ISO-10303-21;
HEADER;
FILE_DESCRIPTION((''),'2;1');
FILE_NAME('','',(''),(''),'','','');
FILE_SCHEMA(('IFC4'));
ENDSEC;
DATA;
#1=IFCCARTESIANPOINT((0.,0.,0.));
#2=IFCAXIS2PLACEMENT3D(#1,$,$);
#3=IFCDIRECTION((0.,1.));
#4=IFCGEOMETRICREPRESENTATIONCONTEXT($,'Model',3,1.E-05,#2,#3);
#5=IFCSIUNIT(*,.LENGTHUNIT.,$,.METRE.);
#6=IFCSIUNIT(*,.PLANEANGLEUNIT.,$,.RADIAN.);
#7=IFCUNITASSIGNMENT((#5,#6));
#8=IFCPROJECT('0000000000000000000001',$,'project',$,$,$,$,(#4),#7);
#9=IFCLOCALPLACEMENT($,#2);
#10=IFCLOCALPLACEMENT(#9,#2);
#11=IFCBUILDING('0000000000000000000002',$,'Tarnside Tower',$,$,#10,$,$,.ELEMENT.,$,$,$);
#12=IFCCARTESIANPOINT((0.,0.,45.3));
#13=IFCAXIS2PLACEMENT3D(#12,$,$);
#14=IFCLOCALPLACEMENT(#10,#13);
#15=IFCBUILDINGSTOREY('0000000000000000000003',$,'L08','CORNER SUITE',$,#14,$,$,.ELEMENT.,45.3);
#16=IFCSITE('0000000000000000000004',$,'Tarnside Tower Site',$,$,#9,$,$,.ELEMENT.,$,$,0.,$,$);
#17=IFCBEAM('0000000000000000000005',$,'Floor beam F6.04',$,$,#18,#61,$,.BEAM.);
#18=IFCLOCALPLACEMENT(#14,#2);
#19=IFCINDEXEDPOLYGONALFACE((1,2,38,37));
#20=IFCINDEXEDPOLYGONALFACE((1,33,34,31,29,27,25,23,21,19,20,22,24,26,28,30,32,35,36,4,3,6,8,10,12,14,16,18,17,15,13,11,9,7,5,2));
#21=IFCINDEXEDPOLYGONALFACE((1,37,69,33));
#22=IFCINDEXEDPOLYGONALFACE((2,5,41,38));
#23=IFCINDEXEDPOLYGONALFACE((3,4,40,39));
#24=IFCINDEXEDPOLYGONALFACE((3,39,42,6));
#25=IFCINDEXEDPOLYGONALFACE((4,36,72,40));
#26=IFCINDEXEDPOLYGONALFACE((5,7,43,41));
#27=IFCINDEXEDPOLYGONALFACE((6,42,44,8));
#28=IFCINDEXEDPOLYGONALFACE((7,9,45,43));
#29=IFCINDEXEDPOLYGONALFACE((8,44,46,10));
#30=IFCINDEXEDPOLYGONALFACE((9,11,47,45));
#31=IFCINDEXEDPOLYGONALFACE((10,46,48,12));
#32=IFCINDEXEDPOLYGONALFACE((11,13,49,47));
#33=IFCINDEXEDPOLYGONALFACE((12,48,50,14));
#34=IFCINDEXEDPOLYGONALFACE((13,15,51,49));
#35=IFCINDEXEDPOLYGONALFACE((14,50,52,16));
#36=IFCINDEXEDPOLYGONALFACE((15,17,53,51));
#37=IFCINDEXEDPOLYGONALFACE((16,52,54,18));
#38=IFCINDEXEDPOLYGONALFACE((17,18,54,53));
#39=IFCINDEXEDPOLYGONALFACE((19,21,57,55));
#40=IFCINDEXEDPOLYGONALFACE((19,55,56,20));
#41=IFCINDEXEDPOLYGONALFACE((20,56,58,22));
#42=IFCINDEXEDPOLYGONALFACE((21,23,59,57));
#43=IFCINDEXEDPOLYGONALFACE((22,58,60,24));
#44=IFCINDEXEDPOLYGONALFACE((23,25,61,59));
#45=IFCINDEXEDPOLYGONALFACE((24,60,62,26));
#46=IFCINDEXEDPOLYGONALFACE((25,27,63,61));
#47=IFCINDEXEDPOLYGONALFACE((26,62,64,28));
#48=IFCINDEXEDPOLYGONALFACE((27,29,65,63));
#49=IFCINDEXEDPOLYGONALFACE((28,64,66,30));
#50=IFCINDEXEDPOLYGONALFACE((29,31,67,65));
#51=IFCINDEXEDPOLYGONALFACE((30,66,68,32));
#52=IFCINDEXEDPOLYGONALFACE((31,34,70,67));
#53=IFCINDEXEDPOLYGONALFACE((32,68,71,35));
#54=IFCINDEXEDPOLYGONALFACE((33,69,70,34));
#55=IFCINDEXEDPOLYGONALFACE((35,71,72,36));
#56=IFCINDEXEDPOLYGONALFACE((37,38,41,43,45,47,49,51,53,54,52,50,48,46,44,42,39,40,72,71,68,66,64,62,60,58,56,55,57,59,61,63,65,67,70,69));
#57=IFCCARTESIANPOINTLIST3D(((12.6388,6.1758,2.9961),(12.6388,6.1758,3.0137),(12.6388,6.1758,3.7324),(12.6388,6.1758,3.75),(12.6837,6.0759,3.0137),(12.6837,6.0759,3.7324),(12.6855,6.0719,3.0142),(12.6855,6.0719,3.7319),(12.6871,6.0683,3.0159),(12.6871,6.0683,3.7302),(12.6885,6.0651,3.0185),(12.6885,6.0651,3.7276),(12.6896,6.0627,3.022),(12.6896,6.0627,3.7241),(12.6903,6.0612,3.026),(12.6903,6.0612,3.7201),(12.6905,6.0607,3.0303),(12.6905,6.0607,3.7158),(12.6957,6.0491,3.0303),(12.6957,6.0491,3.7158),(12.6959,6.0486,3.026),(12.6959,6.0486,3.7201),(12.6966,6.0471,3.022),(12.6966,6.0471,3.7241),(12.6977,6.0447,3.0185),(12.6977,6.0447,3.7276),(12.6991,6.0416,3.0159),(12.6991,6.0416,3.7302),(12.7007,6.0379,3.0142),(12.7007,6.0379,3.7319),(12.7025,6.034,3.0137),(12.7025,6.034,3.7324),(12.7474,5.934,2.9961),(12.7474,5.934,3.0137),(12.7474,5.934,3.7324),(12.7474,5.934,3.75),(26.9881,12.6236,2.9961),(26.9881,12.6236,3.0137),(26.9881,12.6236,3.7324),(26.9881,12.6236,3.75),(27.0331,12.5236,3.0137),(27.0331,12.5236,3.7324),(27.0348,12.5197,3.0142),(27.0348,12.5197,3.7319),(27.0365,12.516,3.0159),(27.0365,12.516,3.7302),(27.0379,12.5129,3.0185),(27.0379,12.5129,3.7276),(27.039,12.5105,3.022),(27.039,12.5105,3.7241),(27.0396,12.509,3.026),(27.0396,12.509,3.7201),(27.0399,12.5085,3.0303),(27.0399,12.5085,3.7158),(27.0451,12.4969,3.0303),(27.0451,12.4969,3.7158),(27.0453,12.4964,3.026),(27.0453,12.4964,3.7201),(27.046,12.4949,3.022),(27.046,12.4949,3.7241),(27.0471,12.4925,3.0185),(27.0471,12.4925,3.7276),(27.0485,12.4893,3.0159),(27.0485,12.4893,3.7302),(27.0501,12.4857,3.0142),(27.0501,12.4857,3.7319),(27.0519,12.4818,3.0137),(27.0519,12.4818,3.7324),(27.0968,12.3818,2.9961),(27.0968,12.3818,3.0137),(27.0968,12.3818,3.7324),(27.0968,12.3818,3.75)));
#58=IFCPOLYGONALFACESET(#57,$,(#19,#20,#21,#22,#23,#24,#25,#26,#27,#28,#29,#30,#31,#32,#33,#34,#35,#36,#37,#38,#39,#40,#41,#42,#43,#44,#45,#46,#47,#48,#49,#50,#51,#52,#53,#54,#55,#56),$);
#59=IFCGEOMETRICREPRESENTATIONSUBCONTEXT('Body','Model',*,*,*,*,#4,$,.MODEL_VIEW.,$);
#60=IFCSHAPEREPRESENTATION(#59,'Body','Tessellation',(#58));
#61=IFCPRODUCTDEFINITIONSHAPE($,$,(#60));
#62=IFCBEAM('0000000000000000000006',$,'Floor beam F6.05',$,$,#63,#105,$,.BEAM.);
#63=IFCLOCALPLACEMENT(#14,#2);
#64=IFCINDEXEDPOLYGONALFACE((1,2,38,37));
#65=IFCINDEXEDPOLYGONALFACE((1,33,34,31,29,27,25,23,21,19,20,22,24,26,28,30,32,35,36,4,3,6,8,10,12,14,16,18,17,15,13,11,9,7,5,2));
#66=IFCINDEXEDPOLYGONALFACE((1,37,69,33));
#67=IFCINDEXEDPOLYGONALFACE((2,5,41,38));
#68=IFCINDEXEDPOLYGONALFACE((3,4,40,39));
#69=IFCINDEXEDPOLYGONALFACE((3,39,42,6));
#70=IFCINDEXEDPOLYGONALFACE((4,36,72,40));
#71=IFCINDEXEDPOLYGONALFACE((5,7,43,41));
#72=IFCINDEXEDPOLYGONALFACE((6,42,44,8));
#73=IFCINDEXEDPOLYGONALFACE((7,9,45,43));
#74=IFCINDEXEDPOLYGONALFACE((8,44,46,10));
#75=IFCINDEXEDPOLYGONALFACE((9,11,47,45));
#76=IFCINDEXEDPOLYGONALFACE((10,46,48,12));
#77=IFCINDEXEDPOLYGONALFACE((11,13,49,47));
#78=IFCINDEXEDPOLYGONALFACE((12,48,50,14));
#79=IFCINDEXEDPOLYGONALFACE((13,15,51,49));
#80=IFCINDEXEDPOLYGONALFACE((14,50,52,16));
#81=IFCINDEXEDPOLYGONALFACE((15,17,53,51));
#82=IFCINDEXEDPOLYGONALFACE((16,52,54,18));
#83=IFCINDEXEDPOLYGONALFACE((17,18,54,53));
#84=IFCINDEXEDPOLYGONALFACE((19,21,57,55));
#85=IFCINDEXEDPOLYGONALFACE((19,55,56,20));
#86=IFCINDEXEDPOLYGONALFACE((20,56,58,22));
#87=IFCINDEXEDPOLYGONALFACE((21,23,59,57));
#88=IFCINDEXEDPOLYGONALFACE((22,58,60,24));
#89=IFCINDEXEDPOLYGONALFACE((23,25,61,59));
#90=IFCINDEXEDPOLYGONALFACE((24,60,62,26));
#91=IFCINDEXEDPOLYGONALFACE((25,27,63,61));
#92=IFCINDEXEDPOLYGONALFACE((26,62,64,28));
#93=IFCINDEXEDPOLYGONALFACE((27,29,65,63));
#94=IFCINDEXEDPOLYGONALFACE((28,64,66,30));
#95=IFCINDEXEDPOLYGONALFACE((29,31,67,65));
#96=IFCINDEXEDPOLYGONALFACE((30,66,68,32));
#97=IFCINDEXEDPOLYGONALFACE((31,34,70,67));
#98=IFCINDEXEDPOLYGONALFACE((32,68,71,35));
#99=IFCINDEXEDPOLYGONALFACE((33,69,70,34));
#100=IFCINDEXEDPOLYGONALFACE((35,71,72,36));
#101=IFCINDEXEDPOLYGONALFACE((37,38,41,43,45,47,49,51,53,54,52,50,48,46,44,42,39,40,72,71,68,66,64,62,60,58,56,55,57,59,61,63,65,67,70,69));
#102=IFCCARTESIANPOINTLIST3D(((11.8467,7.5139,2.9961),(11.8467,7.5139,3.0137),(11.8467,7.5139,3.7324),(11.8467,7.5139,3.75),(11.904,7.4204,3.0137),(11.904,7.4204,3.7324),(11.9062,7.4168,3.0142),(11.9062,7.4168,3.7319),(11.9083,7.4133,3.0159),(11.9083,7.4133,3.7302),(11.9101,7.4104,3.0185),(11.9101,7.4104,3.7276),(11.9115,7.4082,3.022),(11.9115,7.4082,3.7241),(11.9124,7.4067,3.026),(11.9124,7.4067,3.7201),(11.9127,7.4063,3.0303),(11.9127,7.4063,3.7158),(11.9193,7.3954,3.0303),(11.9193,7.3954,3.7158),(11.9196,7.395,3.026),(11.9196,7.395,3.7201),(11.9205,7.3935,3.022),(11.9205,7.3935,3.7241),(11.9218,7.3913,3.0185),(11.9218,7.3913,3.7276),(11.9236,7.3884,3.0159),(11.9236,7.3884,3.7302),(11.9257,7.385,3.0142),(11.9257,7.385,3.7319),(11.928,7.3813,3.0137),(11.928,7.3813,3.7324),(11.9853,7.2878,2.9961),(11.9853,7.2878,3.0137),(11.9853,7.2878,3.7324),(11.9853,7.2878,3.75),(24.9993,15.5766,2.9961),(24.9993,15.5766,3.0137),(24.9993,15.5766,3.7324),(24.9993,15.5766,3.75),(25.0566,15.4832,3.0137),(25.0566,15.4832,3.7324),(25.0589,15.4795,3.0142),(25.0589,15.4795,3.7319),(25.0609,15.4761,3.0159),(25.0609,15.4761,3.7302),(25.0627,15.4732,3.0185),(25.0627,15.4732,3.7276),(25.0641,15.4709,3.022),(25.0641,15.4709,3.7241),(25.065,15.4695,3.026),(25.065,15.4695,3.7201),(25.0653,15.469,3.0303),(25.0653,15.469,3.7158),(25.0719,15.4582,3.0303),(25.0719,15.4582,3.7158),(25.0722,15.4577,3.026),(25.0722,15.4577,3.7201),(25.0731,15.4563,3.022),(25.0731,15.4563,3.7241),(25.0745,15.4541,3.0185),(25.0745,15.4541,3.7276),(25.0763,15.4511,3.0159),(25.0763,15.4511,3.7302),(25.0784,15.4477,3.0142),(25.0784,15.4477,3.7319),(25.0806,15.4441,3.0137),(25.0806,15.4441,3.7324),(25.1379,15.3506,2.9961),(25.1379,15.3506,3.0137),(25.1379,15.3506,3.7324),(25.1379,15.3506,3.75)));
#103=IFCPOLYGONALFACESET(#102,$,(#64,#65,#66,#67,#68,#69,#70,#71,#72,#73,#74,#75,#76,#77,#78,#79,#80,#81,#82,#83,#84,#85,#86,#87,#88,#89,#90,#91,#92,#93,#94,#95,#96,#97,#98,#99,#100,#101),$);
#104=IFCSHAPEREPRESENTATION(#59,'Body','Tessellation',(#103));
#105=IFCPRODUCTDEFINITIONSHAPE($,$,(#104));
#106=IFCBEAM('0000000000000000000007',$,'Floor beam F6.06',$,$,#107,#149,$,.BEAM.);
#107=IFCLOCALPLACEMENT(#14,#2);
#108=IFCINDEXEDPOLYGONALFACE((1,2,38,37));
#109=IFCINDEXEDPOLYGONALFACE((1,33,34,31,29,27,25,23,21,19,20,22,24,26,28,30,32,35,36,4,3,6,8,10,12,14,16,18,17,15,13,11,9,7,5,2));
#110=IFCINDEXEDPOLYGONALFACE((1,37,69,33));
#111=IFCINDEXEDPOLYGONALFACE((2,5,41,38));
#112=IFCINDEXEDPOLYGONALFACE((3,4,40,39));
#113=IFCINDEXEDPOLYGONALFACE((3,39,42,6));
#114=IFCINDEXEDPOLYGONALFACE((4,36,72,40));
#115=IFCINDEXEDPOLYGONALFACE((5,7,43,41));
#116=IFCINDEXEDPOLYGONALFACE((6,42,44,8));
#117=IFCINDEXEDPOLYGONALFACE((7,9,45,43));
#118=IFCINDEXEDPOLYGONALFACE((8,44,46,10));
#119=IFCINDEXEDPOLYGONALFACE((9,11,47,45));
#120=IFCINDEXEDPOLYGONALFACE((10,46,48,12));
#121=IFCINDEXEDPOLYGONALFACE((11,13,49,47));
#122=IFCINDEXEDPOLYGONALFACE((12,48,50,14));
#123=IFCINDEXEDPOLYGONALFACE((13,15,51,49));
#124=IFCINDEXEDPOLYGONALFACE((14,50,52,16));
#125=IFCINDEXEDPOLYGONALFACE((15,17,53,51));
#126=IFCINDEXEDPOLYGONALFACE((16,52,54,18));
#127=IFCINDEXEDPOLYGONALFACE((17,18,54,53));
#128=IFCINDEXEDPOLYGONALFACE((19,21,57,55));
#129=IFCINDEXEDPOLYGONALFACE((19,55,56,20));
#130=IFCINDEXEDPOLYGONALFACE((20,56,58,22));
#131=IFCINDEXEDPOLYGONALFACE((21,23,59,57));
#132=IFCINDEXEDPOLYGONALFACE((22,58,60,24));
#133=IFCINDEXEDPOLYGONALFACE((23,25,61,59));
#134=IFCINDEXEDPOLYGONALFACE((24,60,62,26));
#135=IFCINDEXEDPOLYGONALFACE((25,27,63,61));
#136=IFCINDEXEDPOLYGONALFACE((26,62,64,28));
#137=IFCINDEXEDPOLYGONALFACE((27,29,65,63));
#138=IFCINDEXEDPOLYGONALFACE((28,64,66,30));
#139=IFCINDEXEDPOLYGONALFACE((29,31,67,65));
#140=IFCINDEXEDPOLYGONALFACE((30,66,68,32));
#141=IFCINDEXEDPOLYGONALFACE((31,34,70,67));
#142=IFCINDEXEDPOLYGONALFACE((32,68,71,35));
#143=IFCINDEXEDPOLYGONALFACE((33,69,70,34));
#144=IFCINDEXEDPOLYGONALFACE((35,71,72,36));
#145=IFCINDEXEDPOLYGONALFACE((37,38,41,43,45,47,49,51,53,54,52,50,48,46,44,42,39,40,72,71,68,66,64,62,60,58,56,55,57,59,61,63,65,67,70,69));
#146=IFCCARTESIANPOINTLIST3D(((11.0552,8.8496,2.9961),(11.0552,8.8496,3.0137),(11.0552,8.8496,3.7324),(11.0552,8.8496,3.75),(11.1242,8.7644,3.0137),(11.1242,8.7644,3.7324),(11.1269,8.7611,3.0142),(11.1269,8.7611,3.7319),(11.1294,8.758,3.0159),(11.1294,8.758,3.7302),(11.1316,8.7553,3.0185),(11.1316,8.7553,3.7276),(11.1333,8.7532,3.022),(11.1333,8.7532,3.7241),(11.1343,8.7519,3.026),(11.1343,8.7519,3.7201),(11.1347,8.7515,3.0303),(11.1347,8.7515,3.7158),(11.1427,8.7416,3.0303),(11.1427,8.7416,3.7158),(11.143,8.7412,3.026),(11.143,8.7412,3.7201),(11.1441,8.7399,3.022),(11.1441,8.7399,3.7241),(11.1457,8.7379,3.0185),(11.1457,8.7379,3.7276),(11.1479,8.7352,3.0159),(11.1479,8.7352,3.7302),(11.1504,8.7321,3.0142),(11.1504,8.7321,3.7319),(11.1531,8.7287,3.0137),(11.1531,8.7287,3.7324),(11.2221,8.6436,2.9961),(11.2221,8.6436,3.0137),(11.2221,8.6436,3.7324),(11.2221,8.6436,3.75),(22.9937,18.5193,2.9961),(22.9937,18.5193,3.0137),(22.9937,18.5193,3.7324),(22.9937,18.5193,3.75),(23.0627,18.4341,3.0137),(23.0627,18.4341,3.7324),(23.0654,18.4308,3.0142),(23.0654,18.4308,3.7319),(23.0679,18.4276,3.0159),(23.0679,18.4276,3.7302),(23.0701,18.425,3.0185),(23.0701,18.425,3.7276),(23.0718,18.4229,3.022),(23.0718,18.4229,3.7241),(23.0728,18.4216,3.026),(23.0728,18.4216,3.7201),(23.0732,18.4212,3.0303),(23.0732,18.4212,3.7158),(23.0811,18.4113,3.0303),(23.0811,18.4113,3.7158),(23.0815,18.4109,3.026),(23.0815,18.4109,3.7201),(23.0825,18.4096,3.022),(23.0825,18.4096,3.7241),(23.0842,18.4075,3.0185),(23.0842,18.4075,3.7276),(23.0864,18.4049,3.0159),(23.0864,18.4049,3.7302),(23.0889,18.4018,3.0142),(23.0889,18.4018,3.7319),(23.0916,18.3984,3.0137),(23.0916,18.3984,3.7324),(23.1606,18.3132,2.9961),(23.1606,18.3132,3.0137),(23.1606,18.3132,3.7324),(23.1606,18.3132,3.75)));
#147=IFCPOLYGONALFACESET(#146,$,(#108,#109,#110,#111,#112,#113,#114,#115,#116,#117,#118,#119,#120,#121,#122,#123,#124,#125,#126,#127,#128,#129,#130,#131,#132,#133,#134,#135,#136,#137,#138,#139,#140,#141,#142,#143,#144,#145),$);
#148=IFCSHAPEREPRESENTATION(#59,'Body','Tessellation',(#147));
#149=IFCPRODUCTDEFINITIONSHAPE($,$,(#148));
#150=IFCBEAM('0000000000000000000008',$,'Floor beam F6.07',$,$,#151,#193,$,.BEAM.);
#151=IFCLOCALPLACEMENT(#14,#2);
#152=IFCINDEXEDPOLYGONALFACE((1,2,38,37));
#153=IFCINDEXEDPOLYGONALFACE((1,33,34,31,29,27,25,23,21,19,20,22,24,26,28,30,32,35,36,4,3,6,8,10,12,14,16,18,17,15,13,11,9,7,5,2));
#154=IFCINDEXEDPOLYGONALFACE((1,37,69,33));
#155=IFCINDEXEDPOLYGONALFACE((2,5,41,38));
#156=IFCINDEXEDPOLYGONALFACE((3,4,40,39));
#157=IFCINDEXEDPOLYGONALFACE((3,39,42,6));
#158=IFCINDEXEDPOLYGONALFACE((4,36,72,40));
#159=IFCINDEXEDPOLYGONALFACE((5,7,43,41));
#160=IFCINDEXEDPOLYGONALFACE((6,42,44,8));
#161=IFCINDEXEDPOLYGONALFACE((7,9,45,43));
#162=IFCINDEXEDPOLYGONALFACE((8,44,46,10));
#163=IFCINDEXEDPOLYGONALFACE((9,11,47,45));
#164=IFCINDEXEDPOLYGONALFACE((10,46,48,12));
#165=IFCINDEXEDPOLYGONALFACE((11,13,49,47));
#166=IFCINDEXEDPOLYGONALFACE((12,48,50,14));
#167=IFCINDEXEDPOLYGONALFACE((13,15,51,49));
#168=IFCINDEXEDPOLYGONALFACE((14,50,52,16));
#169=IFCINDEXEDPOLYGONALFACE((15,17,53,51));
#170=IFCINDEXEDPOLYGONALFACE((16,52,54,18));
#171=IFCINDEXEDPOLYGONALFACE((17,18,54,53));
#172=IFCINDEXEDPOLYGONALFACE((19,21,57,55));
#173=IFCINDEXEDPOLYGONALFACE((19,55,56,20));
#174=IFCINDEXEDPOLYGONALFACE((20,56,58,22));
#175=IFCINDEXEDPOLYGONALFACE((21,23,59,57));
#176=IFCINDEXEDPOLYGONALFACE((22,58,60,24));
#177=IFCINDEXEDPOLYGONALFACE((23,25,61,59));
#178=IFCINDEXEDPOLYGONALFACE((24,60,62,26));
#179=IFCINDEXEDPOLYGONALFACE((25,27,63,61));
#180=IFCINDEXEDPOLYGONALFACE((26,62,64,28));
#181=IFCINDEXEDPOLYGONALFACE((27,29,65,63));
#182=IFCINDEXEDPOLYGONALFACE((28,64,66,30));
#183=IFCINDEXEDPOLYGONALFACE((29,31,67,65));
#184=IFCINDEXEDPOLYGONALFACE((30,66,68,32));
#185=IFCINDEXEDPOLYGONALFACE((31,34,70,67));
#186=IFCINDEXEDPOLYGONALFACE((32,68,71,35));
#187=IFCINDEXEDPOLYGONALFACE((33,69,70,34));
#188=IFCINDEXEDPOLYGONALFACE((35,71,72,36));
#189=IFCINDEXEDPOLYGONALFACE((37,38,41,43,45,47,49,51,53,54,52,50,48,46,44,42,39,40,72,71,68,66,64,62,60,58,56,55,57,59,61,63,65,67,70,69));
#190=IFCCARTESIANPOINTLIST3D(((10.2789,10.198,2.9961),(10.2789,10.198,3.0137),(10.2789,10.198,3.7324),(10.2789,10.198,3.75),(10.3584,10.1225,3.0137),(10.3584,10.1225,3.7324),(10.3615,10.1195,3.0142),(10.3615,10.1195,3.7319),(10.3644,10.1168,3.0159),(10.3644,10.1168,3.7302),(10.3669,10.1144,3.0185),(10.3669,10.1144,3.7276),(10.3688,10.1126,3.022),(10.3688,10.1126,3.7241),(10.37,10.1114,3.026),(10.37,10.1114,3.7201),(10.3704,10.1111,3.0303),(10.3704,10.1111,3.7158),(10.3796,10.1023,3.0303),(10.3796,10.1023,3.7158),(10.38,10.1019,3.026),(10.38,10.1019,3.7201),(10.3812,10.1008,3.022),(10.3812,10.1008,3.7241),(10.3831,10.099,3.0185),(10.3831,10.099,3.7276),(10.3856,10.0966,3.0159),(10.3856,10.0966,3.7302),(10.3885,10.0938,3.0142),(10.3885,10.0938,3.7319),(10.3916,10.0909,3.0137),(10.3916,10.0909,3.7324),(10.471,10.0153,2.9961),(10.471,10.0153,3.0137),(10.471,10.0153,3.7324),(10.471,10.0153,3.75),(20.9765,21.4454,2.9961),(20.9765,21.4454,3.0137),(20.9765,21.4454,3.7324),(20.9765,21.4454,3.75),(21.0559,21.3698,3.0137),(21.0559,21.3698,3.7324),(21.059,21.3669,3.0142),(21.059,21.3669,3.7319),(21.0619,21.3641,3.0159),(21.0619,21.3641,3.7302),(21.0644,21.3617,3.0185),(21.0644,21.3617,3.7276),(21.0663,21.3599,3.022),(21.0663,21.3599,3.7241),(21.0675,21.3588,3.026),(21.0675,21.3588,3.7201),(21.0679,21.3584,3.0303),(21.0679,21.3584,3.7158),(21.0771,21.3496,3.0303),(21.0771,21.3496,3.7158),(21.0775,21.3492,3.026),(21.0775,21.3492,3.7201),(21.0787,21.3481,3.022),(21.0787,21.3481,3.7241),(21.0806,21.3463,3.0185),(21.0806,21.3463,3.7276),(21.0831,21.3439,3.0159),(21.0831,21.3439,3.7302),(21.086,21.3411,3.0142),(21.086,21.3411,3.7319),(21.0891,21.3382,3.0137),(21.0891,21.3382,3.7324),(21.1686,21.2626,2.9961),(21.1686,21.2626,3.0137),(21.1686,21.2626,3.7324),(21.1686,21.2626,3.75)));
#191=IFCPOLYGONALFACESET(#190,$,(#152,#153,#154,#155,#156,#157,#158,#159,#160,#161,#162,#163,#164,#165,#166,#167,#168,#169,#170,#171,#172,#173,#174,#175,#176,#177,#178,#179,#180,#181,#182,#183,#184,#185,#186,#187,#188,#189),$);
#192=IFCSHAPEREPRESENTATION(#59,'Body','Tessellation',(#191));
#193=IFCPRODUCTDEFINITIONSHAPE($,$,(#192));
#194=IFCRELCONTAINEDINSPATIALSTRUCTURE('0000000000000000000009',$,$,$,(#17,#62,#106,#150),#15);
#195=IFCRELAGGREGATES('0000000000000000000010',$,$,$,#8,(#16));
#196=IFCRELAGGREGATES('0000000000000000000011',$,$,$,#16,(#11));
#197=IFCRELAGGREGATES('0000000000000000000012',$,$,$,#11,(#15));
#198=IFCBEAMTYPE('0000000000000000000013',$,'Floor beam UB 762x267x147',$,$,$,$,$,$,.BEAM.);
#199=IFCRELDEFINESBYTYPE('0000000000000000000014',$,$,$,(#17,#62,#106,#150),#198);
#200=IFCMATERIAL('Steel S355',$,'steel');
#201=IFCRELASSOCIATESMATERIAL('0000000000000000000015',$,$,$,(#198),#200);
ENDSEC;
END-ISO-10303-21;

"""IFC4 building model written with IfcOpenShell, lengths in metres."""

from ifc_helpers import new_model, si_unit, direction, frame, origin, origin_2d, place, context, subcontext, project, spatial, i_section, extrude, material, material_profile, profile_set, type_object, element, save


model = new_model("IFC4")

# Units and contexts
model_context = context("Model", 3, precision=1e-05, world=origin(), true_north=direction((0.0, 1.0)))
body_context = subcontext(model_context, "Body", "Model", "MODEL_VIEW")
ifc_project = project(units=[si_unit("LENGTHUNIT", "METRE"), si_unit("PLANEANGLEUNIT", "RADIAN")], contexts=[model_context])

# Site, building, storey
site_placement = place(None, origin())
site = spatial("IfcSite", under=ifc_project, at=site_placement, Name="Tarnside Tower Site", CompositionType="ELEMENT", RefElevation=0.0)
building_placement = place(site_placement, origin())
building = spatial("IfcBuilding", under=site, at=building_placement, Name="Tarnside Tower", CompositionType="ELEMENT")
storey_placement = place(building_placement, frame((0.0, 0.0, 45.3)))
storey = spatial("IfcBuildingStorey", under=building, at=storey_placement, Name="L08", Description="CORNER SUITE", CompositionType="ELEMENT", Elevation=45.3)

# Beams
ifc_material_1 = material(Name="Steel S355", Category="steel")
ifc_material_profile_1 = material_profile(ifc_material_1, i_section(OverallWidth=0.2651, OverallDepth=0.7539, WebThickness=0.0127, FlangeThickness=0.0176, FilletRadius=0.0166, at=origin_2d()), Name="UB 762x267x147")
ifc_profile_set_1 = profile_set([ifc_material_profile_1], Name="Steel S355")
beam_type_1 = type_object("IfcBeamType", Name="Floor beam UB 762x267x147", PredefinedType="BEAM", material=ifc_profile_set_1)
beam_1_placement = place(storey_placement, frame((27.0425, 12.5027, 3.373), z_axis=(-0.912146, -0.409865, 0.0), x_axis=(0.409865, -0.912146, 0.0)))
element("IfcBeam", 1, at=beam_1_placement, inside=storey, type_object=beam_type_1, Name="Floor beam F6.04", PredefinedType="BEAM", context=body_context, shape_type="SweptSolid", body=[
    extrude(i_section(OverallWidth=0.2651, OverallDepth=0.7539, WebThickness=0.0127, FlangeThickness=0.0176, FilletRadius=0.0166, at=origin_2d()), origin(), (0.0, 0.0, 1.0), 15.7314),
])
beam_2_placement = place(storey_placement, frame((25.0686, 15.4636, 3.373), z_axis=(-0.852558, -0.522632, 0.0), x_axis=(0.522632, -0.852558, 0.0)))
element("IfcBeam", 2, at=beam_2_placement, inside=storey, type_object=beam_type_1, Name="Floor beam F6.05", PredefinedType="BEAM", context=body_context, shape_type="SweptSolid", body=[
    extrude(i_section(OverallWidth=0.2651, OverallDepth=0.7539, WebThickness=0.0127, FlangeThickness=0.0176, FilletRadius=0.0166, at=origin_2d()), origin(), (0.0, 0.0, 1.0), 15.4272),
])
beam_3_placement = place(storey_placement, frame((23.0771, 18.4163, 3.373), z_axis=(-0.777079, -0.629403, 0.0), x_axis=(0.629403, -0.777079, 0.0)))
element("IfcBeam", 3, at=beam_3_placement, inside=storey, type_object=beam_type_1, Name="Floor beam F6.06", PredefinedType="BEAM", context=body_context, shape_type="SweptSolid", body=[
    extrude(i_section(OverallWidth=0.2651, OverallDepth=0.7539, WebThickness=0.0127, FlangeThickness=0.0176, FilletRadius=0.0166, at=origin_2d()), origin(), (0.0, 0.0, 1.0), 15.3633),
])
beam_4_placement = place(storey_placement, frame((21.0725, 21.354, 3.373), z_axis=(-0.689175, -0.724595, 0.0), x_axis=(0.724595, -0.689175, 0.0)))
element("IfcBeam", 4, at=beam_4_placement, inside=storey, type_object=beam_type_1, Name="Floor beam F6.07", PredefinedType="BEAM", context=body_context, shape_type="SweptSolid", body=[
    extrude(i_section(OverallWidth=0.2651, OverallDepth=0.7539, WebThickness=0.0127, FlangeThickness=0.0176, FilletRadius=0.0166, at=origin_2d()), origin(), (0.0, 0.0, 1.0), 15.5222),
])

save(model, "model.ifc")
